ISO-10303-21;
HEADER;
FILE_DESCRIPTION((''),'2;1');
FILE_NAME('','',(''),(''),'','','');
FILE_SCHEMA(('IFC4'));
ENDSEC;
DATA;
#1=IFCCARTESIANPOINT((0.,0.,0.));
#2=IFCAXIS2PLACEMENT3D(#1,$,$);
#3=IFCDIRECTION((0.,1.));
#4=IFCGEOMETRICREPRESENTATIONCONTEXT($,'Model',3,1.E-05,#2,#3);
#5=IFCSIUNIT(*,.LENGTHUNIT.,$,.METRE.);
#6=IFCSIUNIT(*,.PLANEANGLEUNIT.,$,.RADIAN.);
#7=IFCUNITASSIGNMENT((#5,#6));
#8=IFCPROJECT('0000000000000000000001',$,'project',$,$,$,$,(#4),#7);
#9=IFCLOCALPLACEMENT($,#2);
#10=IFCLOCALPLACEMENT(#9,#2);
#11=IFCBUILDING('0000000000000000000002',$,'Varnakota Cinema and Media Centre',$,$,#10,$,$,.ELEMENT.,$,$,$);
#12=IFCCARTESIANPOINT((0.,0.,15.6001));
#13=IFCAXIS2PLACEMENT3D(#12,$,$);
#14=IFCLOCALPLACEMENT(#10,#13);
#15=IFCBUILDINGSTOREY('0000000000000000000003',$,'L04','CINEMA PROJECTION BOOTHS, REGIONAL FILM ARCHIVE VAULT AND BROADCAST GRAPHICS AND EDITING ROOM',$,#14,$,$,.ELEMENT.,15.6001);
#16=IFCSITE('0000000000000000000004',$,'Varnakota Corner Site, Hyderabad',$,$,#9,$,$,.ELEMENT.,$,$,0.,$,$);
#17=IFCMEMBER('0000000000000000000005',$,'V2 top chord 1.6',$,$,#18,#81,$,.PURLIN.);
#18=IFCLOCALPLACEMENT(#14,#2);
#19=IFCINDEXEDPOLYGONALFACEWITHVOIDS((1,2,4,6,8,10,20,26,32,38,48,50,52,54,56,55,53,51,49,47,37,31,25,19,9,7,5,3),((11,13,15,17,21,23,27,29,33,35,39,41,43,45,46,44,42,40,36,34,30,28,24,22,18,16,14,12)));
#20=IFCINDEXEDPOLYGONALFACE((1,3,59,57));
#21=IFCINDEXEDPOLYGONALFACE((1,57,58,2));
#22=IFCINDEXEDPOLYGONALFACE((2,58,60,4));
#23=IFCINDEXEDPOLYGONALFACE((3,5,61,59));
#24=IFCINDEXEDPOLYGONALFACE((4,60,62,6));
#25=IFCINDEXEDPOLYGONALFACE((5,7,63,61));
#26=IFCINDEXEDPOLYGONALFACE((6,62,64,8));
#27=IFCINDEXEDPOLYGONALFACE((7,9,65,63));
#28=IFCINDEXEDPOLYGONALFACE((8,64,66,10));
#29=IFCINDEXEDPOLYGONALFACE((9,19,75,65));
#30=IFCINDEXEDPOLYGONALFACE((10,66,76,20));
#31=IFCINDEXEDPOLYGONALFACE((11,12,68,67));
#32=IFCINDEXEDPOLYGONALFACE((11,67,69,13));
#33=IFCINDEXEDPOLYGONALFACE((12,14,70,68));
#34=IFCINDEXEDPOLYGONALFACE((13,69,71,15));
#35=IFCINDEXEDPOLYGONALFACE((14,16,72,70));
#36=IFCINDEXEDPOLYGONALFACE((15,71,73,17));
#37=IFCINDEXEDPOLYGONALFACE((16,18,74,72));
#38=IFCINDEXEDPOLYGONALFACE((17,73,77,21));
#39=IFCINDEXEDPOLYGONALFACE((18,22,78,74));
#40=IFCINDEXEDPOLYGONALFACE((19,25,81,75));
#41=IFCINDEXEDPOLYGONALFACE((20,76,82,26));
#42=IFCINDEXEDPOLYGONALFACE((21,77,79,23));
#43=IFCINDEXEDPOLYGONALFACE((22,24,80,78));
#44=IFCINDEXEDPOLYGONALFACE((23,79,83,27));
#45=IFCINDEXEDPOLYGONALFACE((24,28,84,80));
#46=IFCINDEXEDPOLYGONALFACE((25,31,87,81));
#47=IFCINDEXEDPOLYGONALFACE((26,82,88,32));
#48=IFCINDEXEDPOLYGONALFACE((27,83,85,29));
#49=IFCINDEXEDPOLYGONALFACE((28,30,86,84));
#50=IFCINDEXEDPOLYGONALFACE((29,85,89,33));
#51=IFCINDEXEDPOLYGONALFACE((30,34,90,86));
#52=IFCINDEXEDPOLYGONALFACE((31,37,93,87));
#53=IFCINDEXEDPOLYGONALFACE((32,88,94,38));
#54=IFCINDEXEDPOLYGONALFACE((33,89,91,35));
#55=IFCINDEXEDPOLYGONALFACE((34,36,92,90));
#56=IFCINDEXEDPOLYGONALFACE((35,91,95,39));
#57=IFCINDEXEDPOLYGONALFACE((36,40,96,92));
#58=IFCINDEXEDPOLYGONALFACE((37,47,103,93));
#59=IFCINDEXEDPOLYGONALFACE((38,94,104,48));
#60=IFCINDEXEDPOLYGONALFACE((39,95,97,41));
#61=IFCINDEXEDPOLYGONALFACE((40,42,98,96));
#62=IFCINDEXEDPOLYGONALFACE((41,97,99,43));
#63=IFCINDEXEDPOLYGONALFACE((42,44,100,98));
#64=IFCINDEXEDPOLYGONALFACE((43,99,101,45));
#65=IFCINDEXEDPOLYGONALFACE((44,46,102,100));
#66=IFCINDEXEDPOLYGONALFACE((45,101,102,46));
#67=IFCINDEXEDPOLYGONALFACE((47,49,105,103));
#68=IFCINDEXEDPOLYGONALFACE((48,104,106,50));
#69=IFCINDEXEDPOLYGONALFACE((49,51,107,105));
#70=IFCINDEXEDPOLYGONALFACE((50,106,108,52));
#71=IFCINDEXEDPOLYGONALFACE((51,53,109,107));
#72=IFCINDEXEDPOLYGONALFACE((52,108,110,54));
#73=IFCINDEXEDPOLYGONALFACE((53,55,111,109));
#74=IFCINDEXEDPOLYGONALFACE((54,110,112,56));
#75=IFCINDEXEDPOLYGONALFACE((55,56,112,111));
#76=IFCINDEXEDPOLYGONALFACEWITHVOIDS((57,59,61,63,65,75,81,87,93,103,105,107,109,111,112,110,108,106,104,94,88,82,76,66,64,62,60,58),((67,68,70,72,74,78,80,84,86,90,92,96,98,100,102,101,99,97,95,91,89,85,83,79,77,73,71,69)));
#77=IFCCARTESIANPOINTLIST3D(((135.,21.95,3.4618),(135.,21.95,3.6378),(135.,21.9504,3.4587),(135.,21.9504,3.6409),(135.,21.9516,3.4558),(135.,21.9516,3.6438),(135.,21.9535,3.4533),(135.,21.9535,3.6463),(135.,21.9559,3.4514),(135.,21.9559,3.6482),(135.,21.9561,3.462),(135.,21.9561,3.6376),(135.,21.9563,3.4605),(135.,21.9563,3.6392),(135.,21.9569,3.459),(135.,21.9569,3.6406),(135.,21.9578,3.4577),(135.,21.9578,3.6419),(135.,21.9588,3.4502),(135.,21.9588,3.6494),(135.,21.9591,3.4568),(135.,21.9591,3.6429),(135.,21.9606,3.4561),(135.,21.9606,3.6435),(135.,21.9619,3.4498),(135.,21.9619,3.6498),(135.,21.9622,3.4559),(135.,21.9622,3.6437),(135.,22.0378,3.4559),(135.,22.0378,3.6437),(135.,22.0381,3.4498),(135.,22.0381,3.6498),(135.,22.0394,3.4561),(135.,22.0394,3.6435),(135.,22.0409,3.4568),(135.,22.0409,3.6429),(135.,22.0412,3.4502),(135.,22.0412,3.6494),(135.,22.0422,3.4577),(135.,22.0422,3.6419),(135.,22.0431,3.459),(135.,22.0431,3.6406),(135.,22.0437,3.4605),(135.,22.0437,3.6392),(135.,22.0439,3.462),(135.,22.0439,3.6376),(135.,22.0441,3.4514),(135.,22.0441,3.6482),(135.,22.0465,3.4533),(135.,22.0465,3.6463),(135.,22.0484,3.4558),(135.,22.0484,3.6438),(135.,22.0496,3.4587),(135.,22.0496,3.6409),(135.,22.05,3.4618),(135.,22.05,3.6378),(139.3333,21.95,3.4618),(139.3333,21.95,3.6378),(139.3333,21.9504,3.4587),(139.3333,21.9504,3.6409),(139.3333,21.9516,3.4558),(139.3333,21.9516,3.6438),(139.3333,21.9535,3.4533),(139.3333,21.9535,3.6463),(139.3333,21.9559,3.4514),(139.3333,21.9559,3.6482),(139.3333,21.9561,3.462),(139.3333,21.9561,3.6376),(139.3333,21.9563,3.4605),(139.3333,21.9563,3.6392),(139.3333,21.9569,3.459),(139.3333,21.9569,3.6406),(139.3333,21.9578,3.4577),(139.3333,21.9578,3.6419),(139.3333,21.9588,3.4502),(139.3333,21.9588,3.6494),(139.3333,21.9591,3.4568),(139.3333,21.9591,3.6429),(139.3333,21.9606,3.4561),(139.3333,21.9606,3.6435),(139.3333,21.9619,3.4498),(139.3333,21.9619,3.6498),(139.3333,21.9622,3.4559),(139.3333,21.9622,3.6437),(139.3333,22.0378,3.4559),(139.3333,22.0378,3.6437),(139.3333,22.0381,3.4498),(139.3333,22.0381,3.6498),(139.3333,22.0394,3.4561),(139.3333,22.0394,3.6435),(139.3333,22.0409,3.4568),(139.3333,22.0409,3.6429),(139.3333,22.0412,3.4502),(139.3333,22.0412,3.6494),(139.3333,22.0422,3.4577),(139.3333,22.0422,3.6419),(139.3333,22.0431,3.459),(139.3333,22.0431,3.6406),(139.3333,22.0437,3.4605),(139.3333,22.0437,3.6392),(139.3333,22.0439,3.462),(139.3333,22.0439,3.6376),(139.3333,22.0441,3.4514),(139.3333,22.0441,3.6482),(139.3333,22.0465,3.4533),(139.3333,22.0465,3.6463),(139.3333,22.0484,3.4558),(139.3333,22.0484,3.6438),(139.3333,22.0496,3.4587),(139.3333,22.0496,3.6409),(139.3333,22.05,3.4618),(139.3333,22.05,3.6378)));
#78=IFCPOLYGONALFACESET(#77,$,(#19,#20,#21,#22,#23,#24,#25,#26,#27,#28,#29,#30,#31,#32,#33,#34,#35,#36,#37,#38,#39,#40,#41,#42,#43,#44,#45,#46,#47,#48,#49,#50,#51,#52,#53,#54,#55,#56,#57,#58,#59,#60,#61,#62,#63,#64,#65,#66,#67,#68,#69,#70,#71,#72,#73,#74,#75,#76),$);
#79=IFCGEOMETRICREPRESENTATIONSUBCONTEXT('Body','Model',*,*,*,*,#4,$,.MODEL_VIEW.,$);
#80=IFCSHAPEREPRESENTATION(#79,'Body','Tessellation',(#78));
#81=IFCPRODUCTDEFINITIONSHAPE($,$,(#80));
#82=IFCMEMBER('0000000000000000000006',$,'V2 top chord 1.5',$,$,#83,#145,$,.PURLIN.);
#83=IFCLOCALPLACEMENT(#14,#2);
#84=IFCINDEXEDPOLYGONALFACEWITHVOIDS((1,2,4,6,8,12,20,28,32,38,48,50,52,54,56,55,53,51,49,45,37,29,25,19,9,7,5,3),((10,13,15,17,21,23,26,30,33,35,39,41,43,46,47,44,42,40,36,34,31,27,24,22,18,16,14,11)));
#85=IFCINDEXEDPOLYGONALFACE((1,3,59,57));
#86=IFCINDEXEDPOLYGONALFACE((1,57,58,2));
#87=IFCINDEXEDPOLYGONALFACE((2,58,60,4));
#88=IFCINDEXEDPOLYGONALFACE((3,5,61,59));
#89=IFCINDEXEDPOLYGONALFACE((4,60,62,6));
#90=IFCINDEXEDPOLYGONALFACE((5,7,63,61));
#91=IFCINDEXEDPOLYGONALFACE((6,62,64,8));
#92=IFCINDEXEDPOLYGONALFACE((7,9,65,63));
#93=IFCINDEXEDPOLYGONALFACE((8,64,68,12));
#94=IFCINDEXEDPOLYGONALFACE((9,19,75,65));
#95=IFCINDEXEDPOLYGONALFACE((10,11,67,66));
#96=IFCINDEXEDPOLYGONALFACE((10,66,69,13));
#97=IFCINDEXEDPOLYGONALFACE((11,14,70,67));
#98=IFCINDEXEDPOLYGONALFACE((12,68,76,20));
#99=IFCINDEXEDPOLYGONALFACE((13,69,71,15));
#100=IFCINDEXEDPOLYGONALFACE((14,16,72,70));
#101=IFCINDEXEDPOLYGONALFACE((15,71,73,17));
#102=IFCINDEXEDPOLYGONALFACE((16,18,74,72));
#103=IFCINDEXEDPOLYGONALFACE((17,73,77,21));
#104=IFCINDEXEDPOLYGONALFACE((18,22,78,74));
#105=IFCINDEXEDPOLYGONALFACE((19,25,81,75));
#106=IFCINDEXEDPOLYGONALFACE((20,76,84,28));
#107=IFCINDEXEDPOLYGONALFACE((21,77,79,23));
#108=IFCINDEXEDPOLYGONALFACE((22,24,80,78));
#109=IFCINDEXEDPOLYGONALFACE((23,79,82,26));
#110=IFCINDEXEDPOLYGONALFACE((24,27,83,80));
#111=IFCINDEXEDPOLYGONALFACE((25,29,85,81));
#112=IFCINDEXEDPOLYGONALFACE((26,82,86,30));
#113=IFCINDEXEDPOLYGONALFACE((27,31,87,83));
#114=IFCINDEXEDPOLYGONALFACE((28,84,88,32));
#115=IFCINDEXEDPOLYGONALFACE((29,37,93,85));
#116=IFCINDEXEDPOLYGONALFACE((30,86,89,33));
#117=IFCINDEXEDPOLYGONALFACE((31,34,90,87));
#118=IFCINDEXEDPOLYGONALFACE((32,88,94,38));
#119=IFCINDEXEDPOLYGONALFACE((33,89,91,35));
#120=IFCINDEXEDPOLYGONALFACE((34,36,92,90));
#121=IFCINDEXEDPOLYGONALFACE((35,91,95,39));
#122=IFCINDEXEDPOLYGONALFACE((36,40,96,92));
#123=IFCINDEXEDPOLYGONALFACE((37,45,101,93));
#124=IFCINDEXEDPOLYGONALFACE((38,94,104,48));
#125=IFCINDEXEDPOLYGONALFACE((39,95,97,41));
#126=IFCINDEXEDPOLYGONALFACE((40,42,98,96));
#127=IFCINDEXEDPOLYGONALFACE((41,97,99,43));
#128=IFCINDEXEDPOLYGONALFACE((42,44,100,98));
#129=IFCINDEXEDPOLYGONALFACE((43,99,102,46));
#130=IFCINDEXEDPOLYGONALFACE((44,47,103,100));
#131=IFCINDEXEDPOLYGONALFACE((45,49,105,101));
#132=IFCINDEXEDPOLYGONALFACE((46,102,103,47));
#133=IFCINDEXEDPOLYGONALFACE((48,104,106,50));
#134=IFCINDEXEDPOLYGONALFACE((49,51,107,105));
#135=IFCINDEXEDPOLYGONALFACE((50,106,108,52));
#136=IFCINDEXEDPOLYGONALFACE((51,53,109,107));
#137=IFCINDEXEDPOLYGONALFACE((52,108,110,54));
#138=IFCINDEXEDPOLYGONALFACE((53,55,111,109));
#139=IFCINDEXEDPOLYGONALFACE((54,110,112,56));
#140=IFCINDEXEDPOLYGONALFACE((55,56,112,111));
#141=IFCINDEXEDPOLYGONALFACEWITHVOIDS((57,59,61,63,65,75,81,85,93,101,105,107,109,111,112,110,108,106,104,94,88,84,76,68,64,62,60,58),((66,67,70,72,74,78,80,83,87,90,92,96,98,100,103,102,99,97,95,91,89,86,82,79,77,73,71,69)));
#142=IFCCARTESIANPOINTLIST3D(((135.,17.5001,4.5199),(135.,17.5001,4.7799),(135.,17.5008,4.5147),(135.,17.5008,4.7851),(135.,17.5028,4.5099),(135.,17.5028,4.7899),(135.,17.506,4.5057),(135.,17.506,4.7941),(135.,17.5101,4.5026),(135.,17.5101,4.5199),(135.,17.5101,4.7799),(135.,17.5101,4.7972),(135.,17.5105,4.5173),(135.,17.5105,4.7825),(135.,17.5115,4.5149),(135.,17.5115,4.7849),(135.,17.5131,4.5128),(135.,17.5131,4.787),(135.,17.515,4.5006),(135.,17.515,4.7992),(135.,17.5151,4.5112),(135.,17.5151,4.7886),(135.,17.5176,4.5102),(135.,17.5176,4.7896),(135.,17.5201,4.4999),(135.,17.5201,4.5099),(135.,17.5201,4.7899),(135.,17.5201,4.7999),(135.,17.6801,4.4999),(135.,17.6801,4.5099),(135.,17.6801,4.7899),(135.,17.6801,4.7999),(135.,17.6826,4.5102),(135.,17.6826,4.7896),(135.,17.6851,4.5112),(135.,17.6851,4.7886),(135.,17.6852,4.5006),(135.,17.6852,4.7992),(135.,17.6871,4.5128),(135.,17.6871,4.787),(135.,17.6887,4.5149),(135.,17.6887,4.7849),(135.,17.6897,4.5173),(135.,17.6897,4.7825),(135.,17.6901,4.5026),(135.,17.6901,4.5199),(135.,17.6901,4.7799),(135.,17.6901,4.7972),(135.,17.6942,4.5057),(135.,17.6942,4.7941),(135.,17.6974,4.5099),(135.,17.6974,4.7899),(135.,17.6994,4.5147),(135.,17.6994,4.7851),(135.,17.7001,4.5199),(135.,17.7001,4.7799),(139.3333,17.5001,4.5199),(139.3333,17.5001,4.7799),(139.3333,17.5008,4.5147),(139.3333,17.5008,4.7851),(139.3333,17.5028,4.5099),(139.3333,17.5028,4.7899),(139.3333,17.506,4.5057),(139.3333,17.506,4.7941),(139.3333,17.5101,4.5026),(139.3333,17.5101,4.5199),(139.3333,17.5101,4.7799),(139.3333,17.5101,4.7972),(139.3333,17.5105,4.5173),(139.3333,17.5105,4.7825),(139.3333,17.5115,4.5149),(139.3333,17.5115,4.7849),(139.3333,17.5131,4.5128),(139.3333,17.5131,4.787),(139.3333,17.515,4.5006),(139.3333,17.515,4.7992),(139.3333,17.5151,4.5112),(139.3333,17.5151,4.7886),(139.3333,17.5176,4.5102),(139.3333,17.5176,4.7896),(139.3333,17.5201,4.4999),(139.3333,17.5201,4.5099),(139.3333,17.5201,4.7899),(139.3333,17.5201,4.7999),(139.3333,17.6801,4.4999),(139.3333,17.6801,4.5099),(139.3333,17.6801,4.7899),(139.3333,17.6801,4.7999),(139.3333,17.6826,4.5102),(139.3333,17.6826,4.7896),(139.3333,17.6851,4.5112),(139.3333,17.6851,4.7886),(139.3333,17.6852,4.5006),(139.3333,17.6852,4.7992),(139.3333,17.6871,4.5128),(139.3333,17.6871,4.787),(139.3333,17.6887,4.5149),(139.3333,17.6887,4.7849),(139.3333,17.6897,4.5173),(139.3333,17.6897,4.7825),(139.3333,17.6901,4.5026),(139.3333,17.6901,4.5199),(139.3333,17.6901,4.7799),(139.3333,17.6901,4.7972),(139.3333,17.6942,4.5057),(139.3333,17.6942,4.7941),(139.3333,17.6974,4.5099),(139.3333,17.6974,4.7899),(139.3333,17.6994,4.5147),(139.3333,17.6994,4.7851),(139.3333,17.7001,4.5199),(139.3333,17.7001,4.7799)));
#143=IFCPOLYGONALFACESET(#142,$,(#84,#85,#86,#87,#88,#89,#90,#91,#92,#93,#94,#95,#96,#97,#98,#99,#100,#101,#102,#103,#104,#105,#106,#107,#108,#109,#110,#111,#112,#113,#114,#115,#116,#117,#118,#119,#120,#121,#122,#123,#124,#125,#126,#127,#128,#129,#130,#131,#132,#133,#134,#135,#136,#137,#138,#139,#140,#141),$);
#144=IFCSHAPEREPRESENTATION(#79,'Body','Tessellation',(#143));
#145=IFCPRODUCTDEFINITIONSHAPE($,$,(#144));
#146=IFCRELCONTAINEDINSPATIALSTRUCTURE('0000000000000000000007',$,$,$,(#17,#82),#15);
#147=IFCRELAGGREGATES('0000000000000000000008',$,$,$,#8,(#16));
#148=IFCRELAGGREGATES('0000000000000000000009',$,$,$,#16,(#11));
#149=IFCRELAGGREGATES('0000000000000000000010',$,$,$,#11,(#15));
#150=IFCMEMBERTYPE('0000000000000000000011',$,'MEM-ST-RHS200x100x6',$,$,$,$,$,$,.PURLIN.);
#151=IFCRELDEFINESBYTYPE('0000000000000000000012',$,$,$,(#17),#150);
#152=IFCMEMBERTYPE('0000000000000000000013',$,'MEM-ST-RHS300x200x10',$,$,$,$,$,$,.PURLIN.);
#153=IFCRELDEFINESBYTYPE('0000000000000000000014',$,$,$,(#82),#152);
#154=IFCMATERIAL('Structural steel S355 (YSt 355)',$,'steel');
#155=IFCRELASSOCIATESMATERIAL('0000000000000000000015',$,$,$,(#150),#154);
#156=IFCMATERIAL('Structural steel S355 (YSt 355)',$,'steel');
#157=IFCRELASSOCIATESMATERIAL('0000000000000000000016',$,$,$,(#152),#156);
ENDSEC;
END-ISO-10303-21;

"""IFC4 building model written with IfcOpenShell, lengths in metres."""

from ifc_helpers import new_model, si_unit, direction, frame, origin, origin_2d, place, context, subcontext, project, spatial, hollow_rectangle, extrude, material, material_profile, profile_set, type_object, element, save


model = new_model("IFC4")

# Units and contexts
model_context = context("Model", 3, precision=1e-05, world=origin(), true_north=direction((0.0, 1.0)))
body_context = subcontext(model_context, "Body", "Model", "MODEL_VIEW")
ifc_project = project(units=[si_unit("LENGTHUNIT", "METRE"), si_unit("PLANEANGLEUNIT", "RADIAN")], contexts=[model_context])

# Site, building, storey
site_placement = place(None, origin())
site = spatial("IfcSite", under=ifc_project, at=site_placement, Name="Varnakota Corner Site, Hyderabad", CompositionType="ELEMENT", RefElevation=0.0)
building_placement = place(site_placement, origin())
building = spatial("IfcBuilding", under=site, at=building_placement, Name="Varnakota Cinema and Media Centre", CompositionType="ELEMENT")
storey_placement = place(building_placement, frame((0.0, 0.0, 15.6001)))
storey = spatial("IfcBuildingStorey", under=building, at=storey_placement, Name="L04", Description="CINEMA PROJECTION BOOTHS, REGIONAL FILM ARCHIVE VAULT AND BROADCAST GRAPHICS AND EDITING ROOM", CompositionType="ELEMENT", Elevation=15.6001)

# Members
ifc_material_1 = material(Name="Structural steel S355 (YSt 355)", Category="steel")
ifc_material_profile_1 = material_profile(ifc_material_1, hollow_rectangle(XDim=0.1001, YDim=0.2, WallThickness=0.0061, InnerFilletRadius=0.0061, OuterFilletRadius=0.012, at=origin_2d()), Name="RHS 200x100x6")
ifc_profile_set_1 = profile_set([ifc_material_profile_1], Name="Structural steel S355 (YSt 355)")
member_type_1 = type_object("IfcMemberType", Name="MEM-ST-RHS200x100x6", PredefinedType="PURLIN", material=ifc_profile_set_1)
member_1_placement = place(storey_placement, frame((135.0, 22.0, 3.5498), z_axis=(1.0, 0.0, 0.0), x_axis=(0.0, 1.0, 0.0)))
element("IfcMember", 1, at=member_1_placement, inside=storey, type_object=member_type_1, Name="V2 top chord 1.6", PredefinedType="PURLIN", context=body_context, shape_type="SweptSolid", body=[
    extrude(hollow_rectangle(XDim=0.1001, YDim=0.2, WallThickness=0.0061, InnerFilletRadius=0.0061, OuterFilletRadius=0.012, at=origin_2d()), origin(), (0.0, 0.0, 1.0), 4.3333),
])
ifc_material_2 = material(Name="Structural steel S355 (YSt 355)", Category="steel")
ifc_material_profile_2 = material_profile(ifc_material_2, hollow_rectangle(XDim=0.2, YDim=0.3, WallThickness=0.01, InnerFilletRadius=0.01, OuterFilletRadius=0.02, at=origin_2d()), Name="RHS 300x200x10")
ifc_profile_set_2 = profile_set([ifc_material_profile_2], Name="Structural steel S355 (YSt 355)")
member_type_2 = type_object("IfcMemberType", Name="MEM-ST-RHS300x200x10", PredefinedType="PURLIN", material=ifc_profile_set_2)
member_2_placement = place(storey_placement, frame((135.0, 17.6001, 4.6499), z_axis=(1.0, 0.0, 0.0), x_axis=(0.0, 1.0, 0.0)))
element("IfcMember", 2, at=member_2_placement, inside=storey, type_object=member_type_2, Name="V2 top chord 1.5", PredefinedType="PURLIN", context=body_context, shape_type="SweptSolid", body=[
    extrude(hollow_rectangle(XDim=0.2, YDim=0.3, WallThickness=0.01, InnerFilletRadius=0.01, OuterFilletRadius=0.02, at=origin_2d()), origin(), (0.0, 0.0, 1.0), 4.3333),
])

save(model, "model.ifc")
